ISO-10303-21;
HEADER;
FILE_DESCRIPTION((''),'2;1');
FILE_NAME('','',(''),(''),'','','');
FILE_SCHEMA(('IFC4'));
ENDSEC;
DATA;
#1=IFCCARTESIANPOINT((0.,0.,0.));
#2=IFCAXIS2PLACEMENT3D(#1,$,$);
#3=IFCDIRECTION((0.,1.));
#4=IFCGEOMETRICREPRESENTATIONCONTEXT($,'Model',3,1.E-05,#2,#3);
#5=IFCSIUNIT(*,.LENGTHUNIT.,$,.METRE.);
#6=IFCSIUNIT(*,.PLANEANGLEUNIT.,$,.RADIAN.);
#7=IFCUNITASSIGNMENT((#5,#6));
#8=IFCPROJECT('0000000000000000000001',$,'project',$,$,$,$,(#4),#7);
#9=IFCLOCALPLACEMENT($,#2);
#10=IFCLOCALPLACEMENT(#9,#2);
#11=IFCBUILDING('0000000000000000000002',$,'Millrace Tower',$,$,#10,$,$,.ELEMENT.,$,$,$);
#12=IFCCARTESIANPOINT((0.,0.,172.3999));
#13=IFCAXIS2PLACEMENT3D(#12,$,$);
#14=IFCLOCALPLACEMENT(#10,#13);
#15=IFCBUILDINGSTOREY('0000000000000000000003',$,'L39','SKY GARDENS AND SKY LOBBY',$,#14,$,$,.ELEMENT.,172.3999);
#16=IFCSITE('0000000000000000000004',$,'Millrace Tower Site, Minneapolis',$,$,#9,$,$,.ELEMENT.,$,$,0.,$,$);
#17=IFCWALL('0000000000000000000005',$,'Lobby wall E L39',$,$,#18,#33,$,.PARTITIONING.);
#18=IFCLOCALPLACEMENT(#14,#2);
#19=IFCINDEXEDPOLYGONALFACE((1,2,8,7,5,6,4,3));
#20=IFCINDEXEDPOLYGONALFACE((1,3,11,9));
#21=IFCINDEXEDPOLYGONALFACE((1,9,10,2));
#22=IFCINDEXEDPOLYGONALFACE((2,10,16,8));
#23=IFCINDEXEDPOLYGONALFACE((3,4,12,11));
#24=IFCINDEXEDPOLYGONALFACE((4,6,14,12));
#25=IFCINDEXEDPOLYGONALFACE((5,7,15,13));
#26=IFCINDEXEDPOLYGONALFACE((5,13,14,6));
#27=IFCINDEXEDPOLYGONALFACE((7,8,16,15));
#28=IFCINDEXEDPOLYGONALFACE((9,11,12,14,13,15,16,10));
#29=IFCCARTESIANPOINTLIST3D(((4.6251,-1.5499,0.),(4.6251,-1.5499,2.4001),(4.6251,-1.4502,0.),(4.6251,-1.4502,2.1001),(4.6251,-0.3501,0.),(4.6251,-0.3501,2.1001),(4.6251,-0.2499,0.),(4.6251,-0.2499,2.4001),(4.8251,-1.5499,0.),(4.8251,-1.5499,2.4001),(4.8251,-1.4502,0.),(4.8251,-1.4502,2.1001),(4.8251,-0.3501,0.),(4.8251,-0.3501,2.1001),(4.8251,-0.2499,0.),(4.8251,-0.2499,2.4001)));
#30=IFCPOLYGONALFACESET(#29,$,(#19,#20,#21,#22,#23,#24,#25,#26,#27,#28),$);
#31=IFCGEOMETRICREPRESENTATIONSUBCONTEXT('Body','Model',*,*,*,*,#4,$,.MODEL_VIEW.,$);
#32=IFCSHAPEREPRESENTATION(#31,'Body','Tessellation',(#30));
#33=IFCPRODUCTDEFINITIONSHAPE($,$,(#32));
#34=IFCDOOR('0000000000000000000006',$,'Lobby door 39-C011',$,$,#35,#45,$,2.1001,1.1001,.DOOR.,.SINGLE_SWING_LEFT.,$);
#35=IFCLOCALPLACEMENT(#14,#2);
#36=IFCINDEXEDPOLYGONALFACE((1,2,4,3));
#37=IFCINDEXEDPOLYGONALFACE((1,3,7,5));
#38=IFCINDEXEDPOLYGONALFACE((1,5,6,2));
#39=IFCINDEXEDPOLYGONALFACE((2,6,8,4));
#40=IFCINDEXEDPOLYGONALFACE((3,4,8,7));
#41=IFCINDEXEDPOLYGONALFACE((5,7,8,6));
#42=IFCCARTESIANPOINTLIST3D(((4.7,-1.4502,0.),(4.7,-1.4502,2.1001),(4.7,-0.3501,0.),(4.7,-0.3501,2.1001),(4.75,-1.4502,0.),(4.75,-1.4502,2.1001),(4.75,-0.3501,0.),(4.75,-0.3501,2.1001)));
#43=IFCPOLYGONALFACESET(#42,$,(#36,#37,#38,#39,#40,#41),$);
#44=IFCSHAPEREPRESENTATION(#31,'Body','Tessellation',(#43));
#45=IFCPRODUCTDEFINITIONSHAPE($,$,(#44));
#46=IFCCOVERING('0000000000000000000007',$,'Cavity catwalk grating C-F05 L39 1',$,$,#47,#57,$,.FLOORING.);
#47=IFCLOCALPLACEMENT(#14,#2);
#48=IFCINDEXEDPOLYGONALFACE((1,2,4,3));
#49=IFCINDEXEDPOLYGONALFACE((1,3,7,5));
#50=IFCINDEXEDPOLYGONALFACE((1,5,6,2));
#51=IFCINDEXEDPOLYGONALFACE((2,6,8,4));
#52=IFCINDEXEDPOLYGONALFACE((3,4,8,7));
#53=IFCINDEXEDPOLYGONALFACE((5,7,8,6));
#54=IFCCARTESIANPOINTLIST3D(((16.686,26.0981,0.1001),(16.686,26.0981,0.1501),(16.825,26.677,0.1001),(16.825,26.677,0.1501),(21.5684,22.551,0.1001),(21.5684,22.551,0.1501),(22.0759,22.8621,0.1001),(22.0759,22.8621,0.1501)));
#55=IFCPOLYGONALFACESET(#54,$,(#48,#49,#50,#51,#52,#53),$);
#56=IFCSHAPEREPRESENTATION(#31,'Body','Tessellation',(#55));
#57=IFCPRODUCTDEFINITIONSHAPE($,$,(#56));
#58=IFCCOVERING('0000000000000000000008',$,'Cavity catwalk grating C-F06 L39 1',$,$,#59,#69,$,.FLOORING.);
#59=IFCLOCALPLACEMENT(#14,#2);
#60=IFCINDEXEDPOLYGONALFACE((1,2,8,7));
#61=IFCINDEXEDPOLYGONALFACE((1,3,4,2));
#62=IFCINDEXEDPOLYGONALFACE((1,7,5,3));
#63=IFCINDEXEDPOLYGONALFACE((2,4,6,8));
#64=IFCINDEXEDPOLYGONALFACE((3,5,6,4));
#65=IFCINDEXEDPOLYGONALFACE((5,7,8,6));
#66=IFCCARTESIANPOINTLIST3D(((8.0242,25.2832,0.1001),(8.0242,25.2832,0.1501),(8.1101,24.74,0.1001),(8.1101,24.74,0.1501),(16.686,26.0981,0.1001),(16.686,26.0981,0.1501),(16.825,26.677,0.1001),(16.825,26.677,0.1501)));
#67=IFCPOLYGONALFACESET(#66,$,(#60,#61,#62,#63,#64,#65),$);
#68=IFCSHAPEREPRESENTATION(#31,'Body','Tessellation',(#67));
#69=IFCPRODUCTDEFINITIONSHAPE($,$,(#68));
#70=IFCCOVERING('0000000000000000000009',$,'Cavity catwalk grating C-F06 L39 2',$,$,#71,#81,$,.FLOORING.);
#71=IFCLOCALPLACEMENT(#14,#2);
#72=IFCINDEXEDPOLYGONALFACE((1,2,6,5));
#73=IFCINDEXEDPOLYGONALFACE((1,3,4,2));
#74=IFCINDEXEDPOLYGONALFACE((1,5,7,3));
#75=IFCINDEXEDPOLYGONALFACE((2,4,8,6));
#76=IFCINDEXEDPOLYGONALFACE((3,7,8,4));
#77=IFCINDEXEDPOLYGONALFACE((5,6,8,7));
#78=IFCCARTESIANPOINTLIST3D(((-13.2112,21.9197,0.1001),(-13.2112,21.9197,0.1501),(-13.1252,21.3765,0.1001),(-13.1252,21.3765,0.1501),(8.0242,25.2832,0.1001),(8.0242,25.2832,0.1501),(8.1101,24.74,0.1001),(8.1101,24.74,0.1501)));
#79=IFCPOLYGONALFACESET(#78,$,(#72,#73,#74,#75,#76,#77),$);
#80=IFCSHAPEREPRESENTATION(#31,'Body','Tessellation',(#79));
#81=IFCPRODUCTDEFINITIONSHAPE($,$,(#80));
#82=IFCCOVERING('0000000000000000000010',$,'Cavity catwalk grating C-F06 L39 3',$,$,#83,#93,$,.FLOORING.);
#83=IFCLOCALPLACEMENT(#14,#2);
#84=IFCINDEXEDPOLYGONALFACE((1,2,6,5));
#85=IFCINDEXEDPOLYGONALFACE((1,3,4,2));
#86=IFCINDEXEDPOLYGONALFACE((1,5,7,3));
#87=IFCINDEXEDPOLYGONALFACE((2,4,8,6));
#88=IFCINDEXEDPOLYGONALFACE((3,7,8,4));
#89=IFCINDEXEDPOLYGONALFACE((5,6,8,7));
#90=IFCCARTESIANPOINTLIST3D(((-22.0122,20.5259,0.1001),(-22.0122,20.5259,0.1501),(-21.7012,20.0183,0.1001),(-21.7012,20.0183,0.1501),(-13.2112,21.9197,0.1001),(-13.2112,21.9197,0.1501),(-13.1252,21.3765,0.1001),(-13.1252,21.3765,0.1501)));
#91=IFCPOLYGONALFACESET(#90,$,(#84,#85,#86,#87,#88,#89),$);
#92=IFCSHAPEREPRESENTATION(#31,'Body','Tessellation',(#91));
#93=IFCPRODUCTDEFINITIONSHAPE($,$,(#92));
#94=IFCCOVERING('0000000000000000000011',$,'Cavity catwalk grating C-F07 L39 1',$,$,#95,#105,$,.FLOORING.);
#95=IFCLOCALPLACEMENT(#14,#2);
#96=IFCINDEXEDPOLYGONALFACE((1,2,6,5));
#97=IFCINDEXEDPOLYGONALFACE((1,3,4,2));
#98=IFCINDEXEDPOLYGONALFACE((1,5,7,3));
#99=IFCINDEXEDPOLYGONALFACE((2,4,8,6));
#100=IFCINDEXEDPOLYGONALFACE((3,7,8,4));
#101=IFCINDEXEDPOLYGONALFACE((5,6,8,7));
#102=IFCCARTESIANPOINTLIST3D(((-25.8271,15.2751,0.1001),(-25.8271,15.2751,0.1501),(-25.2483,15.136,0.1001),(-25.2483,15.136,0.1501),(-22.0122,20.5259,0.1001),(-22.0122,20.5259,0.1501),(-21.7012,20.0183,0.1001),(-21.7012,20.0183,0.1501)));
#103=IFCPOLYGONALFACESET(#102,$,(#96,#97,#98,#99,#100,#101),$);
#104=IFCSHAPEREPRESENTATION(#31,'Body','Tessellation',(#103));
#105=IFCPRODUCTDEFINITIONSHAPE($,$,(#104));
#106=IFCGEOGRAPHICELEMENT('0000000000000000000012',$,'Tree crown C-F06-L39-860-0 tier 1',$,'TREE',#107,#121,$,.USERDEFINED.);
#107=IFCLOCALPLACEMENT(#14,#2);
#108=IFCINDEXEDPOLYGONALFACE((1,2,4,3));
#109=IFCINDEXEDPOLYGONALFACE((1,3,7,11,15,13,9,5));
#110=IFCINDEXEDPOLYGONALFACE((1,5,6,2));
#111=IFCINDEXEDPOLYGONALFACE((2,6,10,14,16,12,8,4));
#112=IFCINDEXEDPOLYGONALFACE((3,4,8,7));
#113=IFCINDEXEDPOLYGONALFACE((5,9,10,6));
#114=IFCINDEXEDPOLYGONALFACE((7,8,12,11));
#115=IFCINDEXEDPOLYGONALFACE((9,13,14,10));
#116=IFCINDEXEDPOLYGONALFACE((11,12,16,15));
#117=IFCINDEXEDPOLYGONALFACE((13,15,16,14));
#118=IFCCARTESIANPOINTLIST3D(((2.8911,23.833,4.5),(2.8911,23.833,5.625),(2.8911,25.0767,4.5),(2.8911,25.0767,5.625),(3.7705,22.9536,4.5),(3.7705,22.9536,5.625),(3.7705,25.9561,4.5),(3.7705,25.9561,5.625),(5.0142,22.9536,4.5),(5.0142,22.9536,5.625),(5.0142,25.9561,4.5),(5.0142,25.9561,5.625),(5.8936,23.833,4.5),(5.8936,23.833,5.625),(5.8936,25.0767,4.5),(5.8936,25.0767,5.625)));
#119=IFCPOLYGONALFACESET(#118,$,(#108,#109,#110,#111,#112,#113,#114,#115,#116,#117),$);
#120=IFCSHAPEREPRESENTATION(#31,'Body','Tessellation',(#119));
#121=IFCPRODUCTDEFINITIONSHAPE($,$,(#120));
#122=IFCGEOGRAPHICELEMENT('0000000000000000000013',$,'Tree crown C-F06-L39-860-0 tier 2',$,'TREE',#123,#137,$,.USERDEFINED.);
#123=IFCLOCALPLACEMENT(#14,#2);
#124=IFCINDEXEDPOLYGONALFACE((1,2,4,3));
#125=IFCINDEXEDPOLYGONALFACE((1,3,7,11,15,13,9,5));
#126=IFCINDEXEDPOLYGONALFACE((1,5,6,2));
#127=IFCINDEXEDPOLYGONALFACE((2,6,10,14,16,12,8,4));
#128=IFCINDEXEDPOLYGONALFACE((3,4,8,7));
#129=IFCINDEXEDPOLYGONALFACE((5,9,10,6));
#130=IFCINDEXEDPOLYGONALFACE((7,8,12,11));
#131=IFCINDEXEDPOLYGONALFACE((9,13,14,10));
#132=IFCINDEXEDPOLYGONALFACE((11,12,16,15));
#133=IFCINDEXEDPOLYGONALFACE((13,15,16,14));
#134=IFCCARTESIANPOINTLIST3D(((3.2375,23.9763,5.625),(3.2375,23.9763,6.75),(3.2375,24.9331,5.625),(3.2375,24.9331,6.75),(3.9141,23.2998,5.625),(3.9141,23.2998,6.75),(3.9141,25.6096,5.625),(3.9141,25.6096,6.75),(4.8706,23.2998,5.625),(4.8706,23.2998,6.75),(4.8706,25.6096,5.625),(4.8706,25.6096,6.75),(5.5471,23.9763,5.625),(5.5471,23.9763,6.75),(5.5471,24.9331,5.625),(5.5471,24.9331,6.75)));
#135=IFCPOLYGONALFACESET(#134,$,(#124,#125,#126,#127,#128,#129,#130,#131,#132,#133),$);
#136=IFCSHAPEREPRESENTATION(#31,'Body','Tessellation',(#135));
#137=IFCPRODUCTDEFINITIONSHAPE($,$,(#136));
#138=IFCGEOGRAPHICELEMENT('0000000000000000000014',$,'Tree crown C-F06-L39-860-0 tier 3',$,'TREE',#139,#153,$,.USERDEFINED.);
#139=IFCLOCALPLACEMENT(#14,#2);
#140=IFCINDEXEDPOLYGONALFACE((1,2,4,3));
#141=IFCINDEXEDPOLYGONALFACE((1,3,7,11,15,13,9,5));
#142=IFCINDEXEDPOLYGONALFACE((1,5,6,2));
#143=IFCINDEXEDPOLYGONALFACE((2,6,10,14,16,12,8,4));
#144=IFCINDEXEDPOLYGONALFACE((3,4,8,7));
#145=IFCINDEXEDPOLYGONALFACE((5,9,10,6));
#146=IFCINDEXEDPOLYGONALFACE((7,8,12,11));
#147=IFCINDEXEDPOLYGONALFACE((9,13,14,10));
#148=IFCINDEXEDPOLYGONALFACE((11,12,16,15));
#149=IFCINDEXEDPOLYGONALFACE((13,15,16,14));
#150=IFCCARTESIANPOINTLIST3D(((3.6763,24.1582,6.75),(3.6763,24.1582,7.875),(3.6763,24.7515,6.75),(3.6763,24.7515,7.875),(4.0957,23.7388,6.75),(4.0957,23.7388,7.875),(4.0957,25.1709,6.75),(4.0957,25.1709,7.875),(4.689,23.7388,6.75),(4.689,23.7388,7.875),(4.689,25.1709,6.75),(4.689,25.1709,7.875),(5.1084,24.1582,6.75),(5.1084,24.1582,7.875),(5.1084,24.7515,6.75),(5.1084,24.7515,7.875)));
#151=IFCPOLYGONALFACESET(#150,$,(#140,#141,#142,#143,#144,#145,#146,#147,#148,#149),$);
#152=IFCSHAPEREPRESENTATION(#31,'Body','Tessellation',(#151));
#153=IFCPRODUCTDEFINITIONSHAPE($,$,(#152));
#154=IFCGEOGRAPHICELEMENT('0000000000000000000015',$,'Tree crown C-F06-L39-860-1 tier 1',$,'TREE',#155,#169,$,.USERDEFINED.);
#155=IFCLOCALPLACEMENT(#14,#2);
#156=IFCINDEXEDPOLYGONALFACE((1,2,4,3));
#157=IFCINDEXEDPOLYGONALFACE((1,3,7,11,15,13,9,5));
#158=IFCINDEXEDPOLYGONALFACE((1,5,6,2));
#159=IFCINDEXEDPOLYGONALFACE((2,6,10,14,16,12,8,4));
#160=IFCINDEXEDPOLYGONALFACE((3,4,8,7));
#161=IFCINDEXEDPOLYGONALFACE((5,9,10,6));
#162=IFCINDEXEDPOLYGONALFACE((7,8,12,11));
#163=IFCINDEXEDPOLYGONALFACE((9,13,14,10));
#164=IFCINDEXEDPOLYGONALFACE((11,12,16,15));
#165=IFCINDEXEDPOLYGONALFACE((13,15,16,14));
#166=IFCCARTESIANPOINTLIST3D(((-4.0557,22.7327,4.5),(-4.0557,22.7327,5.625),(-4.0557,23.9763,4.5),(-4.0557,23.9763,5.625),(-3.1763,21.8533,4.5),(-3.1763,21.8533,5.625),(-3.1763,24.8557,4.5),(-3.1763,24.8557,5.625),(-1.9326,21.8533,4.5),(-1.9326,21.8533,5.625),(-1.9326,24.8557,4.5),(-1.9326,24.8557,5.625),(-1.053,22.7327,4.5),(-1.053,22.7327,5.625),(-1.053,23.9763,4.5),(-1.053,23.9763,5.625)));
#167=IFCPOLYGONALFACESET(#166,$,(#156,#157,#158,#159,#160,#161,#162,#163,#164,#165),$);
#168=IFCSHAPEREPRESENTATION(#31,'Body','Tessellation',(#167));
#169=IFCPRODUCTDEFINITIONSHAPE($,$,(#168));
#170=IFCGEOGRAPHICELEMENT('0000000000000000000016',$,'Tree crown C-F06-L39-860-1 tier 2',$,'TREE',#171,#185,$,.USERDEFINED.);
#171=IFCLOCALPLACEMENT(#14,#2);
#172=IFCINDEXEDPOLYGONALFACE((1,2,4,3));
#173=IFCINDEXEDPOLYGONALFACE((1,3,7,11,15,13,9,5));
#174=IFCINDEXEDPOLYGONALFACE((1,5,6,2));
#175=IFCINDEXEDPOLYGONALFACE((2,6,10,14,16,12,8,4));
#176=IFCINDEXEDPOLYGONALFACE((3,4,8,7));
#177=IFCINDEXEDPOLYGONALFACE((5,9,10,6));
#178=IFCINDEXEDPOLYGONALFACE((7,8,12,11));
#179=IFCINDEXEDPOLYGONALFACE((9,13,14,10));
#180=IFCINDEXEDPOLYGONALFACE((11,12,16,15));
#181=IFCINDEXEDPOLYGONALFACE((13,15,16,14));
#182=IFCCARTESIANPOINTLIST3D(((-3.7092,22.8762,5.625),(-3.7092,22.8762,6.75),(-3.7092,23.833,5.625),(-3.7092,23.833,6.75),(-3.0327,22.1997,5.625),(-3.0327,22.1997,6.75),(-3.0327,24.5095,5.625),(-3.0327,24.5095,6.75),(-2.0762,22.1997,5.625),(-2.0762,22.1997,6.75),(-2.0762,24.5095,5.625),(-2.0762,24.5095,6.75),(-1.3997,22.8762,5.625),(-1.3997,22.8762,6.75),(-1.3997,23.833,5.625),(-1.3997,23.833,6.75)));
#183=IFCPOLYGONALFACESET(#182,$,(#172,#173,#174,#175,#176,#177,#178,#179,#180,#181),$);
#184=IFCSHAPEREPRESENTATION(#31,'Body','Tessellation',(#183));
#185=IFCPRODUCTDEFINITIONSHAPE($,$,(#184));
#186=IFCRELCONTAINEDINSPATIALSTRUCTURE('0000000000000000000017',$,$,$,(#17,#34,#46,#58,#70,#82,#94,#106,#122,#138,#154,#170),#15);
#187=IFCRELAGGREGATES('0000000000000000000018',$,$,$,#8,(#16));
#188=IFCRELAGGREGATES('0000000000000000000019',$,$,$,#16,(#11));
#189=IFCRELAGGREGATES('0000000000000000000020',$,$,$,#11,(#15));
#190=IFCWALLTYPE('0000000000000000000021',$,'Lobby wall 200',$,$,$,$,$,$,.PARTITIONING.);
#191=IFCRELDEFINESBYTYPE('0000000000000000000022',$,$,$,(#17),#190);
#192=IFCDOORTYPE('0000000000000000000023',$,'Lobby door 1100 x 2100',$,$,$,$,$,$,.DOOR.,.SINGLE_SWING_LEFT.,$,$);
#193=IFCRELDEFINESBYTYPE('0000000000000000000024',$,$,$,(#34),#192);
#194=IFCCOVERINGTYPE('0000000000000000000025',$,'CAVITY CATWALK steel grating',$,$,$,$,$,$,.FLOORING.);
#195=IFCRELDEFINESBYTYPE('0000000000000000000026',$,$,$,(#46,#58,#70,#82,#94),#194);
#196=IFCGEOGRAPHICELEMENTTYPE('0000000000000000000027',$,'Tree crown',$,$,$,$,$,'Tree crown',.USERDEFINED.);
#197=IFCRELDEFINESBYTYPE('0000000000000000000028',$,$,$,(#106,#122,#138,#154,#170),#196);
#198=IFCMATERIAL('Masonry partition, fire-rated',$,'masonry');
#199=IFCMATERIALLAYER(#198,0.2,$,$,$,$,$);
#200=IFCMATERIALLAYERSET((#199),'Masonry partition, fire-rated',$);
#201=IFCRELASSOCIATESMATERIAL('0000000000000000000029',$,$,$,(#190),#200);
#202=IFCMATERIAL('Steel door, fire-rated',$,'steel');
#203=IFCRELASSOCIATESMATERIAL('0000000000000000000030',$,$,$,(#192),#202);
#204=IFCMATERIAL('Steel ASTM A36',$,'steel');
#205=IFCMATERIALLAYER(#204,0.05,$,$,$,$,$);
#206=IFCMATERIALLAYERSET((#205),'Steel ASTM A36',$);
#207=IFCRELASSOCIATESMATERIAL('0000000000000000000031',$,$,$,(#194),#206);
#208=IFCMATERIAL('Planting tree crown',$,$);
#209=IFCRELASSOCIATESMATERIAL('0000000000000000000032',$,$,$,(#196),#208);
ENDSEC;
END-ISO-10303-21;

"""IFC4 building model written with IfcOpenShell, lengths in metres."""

from ifc_helpers import new_model, si_unit, direction, frame, frame_2d, origin, place, context, subcontext, project, spatial, polyline, rectangle, outline, extrude, material, layer, layer_set, type_object, element, fill, save


model = new_model("IFC4")

# Units and contexts
model_context = context("Model", 3, precision=1e-05, world=origin(), true_north=direction((0.0, 1.0)))
body_context = subcontext(model_context, "Body", "Model", "MODEL_VIEW")
ifc_project = project(units=[si_unit("LENGTHUNIT", "METRE"), si_unit("PLANEANGLEUNIT", "RADIAN")], contexts=[model_context])

# Site, building, storey
site_placement = place(None, origin())
site = spatial("IfcSite", under=ifc_project, at=site_placement, Name="Millrace Tower Site, Minneapolis", CompositionType="ELEMENT", RefElevation=0.0)
building_placement = place(site_placement, origin())
building = spatial("IfcBuilding", under=site, at=building_placement, Name="Millrace Tower", CompositionType="ELEMENT")
storey_placement = place(building_placement, frame((0.0, 0.0, 172.3999)))
storey = spatial("IfcBuildingStorey", under=building, at=storey_placement, Name="L39", Description="SKY GARDENS AND SKY LOBBY", CompositionType="ELEMENT", Elevation=172.3999)

# Wall, opening, door
ifc_material_1 = material(Name="Masonry partition, fire-rated", Category="masonry")
ifc_layer_1 = layer(ifc_material_1, 0.2)
ifc_layer_set_1 = layer_set([ifc_layer_1], Name="Masonry partition, fire-rated")
wall_type_1 = type_object("IfcWallType", Name="Lobby wall 200", PredefinedType="PARTITIONING", material=ifc_layer_set_1)
wall_1_placement = place(storey_placement, frame((4.7251, -0.25, 0.0), z_axis=(0.0, 0.0, 1.0), x_axis=(0.0, -1.0, 0.0)))
wall_1 = element("IfcWall", 1, at=wall_1_placement, inside=storey, type_object=wall_type_1, Name="Lobby wall E L39", PredefinedType="PARTITIONING", context=body_context, shape_type="SweptSolid", body=[
    extrude(rectangle(XDim=1.3, YDim=0.2, at=frame_2d((0.6499, 0.0))), origin(), (0.0, 0.0, 1.0), 2.4001),
])
opening_placement = place(wall_1_placement, frame((0.1001, 0.0, 0.0)))
opening = element("IfcOpeningElement", 2, at=opening_placement, cuts=wall_1, PredefinedType="OPENING", context=body_context, shape_type="SweptSolid", body=[
    extrude(rectangle(XDim=1.1001, YDim=2.1001, at=frame_2d((0.55, 1.05))), frame((0.0, 0.1099, 0.0), z_axis=(0.0, -1.0, 0.0), x_axis=(1.0, 0.0, 0.0)), (0.0, 0.0, 1.0), 0.22),
])
ifc_material_2 = material(Name="Steel door, fire-rated", Category="steel")
door_type = type_object("IfcDoorType", Name="Lobby door 1100 x 2100", OperationType="SINGLE_SWING_LEFT", PredefinedType="DOOR", material=ifc_material_2)
door_placement = place(opening_placement, origin())
door = element("IfcDoor", 3, at=door_placement, inside=storey, type_object=door_type, Name="Lobby door 39-C011", OperationType="SINGLE_SWING_LEFT", OverallHeight=2.1001, OverallWidth=1.1001, PredefinedType="DOOR", context=body_context, shape_type="SweptSolid", body=[
    extrude(rectangle(XDim=1.1001, YDim=2.1001, at=frame_2d((0.55, 1.05))), frame((0.0, 0.0249, 0.0), z_axis=(0.0, -1.0, 0.0), x_axis=(1.0, 0.0, 0.0)), (0.0, 0.0, 1.0), 0.05),
])
fill(opening, door)

# Coverings
ifc_material_3 = material(Name="Steel ASTM A36", Category="steel")
ifc_layer_2 = layer(ifc_material_3, 0.05)
ifc_layer_set_2 = layer_set([ifc_layer_2], Name="Steel ASTM A36")
covering_type = type_object("IfcCoveringType", Name="CAVITY CATWALK steel grating", PredefinedType="FLOORING", material=ifc_layer_set_2)
placement_1 = place(storey_placement, frame((0.0, 0.0, 0.1001)))
element("IfcCovering", 4, at=placement_1, inside=storey, type_object=covering_type, Name="Cavity catwalk grating C-F05 L39 1", PredefinedType="FLOORING", context=body_context, shape_type="SweptSolid", body=[
    extrude(outline(polyline([(22.0759, 22.8621), (16.825, 26.677), (16.686, 26.0981), (21.5684, 22.551), (22.0759, 22.8621)])), origin(), (0.0, 0.0, 1.0), 0.05),
])
element("IfcCovering", 5, at=placement_1, inside=storey, type_object=covering_type, Name="Cavity catwalk grating C-F06 L39 1", PredefinedType="FLOORING", context=body_context, shape_type="SweptSolid", body=[
    extrude(outline(polyline([(16.825, 26.677), (8.0242, 25.2832), (8.1101, 24.74), (16.686, 26.0981), (16.825, 26.677)])), origin(), (0.0, 0.0, 1.0), 0.05),
])
element("IfcCovering", 6, at=placement_1, inside=storey, type_object=covering_type, Name="Cavity catwalk grating C-F06 L39 2", PredefinedType="FLOORING", context=body_context, shape_type="SweptSolid", body=[
    extrude(outline(polyline([(8.0242, 25.2832), (-13.2112, 21.9197), (-13.1252, 21.3765), (8.1101, 24.74), (8.0242, 25.2832)])), origin(), (0.0, 0.0, 1.0), 0.05),
])
element("IfcCovering", 7, at=placement_1, inside=storey, type_object=covering_type, Name="Cavity catwalk grating C-F06 L39 3", PredefinedType="FLOORING", context=body_context, shape_type="SweptSolid", body=[
    extrude(outline(polyline([(-13.2112, 21.9197), (-22.0122, 20.5259), (-21.7012, 20.0183), (-13.1252, 21.3765), (-13.2112, 21.9197)])), origin(), (0.0, 0.0, 1.0), 0.05),
])
element("IfcCovering", 8, at=placement_1, inside=storey, type_object=covering_type, Name="Cavity catwalk grating C-F07 L39 1", PredefinedType="FLOORING", context=body_context, shape_type="SweptSolid", body=[
    extrude(outline(polyline([(-22.0122, 20.5259), (-25.8271, 15.2751), (-25.2483, 15.136), (-21.7012, 20.0183), (-22.0122, 20.5259)])), origin(), (0.0, 0.0, 1.0), 0.05),
])

# Geographic elements
ifc_material_4 = material(Name="Planting tree crown")
geographic_element_type = type_object("IfcGeographicElementType", Name="Tree crown", ElementType="Tree crown", PredefinedType="USERDEFINED", material=ifc_material_4)
placement_2 = place(storey_placement, frame((0.0, 0.0, 4.5)))
element("IfcGeographicElement", 9, at=placement_2, inside=storey, type_object=geographic_element_type, Name="Tree crown C-F06-L39-860-0 tier 1", ObjectType="TREE", PredefinedType="USERDEFINED", context=body_context, shape_type="SweptSolid", body=[
    extrude(outline(polyline([(5.8936, 25.0767), (5.0142, 25.9561), (3.7705, 25.9561), (2.8911, 25.0767), (2.8911, 23.833), (3.7705, 22.9536), (5.0142, 22.9536), (5.8936, 23.833), (5.8936, 25.0767)])), origin(), (0.0, 0.0, 1.0), 1.125),
])
placement_3 = place(storey_placement, frame((0.0, 0.0, 5.625)))
element("IfcGeographicElement", 10, at=placement_3, inside=storey, type_object=geographic_element_type, Name="Tree crown C-F06-L39-860-0 tier 2", ObjectType="TREE", PredefinedType="USERDEFINED", context=body_context, shape_type="SweptSolid", body=[
    extrude(outline(polyline([(5.5471, 24.9331), (4.8706, 25.6096), (3.9141, 25.6096), (3.2375, 24.9331), (3.2375, 23.9763), (3.9141, 23.2998), (4.8706, 23.2998), (5.5471, 23.9763), (5.5471, 24.9331)])), origin(), (0.0, 0.0, 1.0), 1.125),
])
placement_4 = place(storey_placement, frame((0.0, 0.0, 6.75)))
element("IfcGeographicElement", 11, at=placement_4, inside=storey, type_object=geographic_element_type, Name="Tree crown C-F06-L39-860-0 tier 3", ObjectType="TREE", PredefinedType="USERDEFINED", context=body_context, shape_type="SweptSolid", body=[
    extrude(outline(polyline([(5.1084, 24.7515), (4.689, 25.1709), (4.0957, 25.1709), (3.6763, 24.7515), (3.6763, 24.1582), (4.0957, 23.7388), (4.689, 23.7388), (5.1084, 24.1582), (5.1084, 24.7515)])), origin(), (0.0, 0.0, 1.0), 1.125),
])
element("IfcGeographicElement", 12, at=placement_2, inside=storey, type_object=geographic_element_type, Name="Tree crown C-F06-L39-860-1 tier 1", ObjectType="TREE", PredefinedType="USERDEFINED", context=body_context, shape_type="SweptSolid", body=[
    extrude(outline(polyline([(-1.053, 23.9763), (-1.9326, 24.8557), (-3.1763, 24.8557), (-4.0557, 23.9763), (-4.0557, 22.7327), (-3.1763, 21.8533), (-1.9326, 21.8533), (-1.053, 22.7327), (-1.053, 23.9763)])), origin(), (0.0, 0.0, 1.0), 1.125),
])
element("IfcGeographicElement", 13, at=placement_3, inside=storey, type_object=geographic_element_type, Name="Tree crown C-F06-L39-860-1 tier 2", ObjectType="TREE", PredefinedType="USERDEFINED", context=body_context, shape_type="SweptSolid", body=[
    extrude(outline(polyline([(-1.3997, 23.833), (-2.0762, 24.5095), (-3.0327, 24.5095), (-3.7092, 23.833), (-3.7092, 22.8762), (-3.0327, 22.1997), (-2.0762, 22.1997), (-1.3997, 22.8762), (-1.3997, 23.833)])), origin(), (0.0, 0.0, 1.0), 1.125),
])

save(model, "model.ifc")
